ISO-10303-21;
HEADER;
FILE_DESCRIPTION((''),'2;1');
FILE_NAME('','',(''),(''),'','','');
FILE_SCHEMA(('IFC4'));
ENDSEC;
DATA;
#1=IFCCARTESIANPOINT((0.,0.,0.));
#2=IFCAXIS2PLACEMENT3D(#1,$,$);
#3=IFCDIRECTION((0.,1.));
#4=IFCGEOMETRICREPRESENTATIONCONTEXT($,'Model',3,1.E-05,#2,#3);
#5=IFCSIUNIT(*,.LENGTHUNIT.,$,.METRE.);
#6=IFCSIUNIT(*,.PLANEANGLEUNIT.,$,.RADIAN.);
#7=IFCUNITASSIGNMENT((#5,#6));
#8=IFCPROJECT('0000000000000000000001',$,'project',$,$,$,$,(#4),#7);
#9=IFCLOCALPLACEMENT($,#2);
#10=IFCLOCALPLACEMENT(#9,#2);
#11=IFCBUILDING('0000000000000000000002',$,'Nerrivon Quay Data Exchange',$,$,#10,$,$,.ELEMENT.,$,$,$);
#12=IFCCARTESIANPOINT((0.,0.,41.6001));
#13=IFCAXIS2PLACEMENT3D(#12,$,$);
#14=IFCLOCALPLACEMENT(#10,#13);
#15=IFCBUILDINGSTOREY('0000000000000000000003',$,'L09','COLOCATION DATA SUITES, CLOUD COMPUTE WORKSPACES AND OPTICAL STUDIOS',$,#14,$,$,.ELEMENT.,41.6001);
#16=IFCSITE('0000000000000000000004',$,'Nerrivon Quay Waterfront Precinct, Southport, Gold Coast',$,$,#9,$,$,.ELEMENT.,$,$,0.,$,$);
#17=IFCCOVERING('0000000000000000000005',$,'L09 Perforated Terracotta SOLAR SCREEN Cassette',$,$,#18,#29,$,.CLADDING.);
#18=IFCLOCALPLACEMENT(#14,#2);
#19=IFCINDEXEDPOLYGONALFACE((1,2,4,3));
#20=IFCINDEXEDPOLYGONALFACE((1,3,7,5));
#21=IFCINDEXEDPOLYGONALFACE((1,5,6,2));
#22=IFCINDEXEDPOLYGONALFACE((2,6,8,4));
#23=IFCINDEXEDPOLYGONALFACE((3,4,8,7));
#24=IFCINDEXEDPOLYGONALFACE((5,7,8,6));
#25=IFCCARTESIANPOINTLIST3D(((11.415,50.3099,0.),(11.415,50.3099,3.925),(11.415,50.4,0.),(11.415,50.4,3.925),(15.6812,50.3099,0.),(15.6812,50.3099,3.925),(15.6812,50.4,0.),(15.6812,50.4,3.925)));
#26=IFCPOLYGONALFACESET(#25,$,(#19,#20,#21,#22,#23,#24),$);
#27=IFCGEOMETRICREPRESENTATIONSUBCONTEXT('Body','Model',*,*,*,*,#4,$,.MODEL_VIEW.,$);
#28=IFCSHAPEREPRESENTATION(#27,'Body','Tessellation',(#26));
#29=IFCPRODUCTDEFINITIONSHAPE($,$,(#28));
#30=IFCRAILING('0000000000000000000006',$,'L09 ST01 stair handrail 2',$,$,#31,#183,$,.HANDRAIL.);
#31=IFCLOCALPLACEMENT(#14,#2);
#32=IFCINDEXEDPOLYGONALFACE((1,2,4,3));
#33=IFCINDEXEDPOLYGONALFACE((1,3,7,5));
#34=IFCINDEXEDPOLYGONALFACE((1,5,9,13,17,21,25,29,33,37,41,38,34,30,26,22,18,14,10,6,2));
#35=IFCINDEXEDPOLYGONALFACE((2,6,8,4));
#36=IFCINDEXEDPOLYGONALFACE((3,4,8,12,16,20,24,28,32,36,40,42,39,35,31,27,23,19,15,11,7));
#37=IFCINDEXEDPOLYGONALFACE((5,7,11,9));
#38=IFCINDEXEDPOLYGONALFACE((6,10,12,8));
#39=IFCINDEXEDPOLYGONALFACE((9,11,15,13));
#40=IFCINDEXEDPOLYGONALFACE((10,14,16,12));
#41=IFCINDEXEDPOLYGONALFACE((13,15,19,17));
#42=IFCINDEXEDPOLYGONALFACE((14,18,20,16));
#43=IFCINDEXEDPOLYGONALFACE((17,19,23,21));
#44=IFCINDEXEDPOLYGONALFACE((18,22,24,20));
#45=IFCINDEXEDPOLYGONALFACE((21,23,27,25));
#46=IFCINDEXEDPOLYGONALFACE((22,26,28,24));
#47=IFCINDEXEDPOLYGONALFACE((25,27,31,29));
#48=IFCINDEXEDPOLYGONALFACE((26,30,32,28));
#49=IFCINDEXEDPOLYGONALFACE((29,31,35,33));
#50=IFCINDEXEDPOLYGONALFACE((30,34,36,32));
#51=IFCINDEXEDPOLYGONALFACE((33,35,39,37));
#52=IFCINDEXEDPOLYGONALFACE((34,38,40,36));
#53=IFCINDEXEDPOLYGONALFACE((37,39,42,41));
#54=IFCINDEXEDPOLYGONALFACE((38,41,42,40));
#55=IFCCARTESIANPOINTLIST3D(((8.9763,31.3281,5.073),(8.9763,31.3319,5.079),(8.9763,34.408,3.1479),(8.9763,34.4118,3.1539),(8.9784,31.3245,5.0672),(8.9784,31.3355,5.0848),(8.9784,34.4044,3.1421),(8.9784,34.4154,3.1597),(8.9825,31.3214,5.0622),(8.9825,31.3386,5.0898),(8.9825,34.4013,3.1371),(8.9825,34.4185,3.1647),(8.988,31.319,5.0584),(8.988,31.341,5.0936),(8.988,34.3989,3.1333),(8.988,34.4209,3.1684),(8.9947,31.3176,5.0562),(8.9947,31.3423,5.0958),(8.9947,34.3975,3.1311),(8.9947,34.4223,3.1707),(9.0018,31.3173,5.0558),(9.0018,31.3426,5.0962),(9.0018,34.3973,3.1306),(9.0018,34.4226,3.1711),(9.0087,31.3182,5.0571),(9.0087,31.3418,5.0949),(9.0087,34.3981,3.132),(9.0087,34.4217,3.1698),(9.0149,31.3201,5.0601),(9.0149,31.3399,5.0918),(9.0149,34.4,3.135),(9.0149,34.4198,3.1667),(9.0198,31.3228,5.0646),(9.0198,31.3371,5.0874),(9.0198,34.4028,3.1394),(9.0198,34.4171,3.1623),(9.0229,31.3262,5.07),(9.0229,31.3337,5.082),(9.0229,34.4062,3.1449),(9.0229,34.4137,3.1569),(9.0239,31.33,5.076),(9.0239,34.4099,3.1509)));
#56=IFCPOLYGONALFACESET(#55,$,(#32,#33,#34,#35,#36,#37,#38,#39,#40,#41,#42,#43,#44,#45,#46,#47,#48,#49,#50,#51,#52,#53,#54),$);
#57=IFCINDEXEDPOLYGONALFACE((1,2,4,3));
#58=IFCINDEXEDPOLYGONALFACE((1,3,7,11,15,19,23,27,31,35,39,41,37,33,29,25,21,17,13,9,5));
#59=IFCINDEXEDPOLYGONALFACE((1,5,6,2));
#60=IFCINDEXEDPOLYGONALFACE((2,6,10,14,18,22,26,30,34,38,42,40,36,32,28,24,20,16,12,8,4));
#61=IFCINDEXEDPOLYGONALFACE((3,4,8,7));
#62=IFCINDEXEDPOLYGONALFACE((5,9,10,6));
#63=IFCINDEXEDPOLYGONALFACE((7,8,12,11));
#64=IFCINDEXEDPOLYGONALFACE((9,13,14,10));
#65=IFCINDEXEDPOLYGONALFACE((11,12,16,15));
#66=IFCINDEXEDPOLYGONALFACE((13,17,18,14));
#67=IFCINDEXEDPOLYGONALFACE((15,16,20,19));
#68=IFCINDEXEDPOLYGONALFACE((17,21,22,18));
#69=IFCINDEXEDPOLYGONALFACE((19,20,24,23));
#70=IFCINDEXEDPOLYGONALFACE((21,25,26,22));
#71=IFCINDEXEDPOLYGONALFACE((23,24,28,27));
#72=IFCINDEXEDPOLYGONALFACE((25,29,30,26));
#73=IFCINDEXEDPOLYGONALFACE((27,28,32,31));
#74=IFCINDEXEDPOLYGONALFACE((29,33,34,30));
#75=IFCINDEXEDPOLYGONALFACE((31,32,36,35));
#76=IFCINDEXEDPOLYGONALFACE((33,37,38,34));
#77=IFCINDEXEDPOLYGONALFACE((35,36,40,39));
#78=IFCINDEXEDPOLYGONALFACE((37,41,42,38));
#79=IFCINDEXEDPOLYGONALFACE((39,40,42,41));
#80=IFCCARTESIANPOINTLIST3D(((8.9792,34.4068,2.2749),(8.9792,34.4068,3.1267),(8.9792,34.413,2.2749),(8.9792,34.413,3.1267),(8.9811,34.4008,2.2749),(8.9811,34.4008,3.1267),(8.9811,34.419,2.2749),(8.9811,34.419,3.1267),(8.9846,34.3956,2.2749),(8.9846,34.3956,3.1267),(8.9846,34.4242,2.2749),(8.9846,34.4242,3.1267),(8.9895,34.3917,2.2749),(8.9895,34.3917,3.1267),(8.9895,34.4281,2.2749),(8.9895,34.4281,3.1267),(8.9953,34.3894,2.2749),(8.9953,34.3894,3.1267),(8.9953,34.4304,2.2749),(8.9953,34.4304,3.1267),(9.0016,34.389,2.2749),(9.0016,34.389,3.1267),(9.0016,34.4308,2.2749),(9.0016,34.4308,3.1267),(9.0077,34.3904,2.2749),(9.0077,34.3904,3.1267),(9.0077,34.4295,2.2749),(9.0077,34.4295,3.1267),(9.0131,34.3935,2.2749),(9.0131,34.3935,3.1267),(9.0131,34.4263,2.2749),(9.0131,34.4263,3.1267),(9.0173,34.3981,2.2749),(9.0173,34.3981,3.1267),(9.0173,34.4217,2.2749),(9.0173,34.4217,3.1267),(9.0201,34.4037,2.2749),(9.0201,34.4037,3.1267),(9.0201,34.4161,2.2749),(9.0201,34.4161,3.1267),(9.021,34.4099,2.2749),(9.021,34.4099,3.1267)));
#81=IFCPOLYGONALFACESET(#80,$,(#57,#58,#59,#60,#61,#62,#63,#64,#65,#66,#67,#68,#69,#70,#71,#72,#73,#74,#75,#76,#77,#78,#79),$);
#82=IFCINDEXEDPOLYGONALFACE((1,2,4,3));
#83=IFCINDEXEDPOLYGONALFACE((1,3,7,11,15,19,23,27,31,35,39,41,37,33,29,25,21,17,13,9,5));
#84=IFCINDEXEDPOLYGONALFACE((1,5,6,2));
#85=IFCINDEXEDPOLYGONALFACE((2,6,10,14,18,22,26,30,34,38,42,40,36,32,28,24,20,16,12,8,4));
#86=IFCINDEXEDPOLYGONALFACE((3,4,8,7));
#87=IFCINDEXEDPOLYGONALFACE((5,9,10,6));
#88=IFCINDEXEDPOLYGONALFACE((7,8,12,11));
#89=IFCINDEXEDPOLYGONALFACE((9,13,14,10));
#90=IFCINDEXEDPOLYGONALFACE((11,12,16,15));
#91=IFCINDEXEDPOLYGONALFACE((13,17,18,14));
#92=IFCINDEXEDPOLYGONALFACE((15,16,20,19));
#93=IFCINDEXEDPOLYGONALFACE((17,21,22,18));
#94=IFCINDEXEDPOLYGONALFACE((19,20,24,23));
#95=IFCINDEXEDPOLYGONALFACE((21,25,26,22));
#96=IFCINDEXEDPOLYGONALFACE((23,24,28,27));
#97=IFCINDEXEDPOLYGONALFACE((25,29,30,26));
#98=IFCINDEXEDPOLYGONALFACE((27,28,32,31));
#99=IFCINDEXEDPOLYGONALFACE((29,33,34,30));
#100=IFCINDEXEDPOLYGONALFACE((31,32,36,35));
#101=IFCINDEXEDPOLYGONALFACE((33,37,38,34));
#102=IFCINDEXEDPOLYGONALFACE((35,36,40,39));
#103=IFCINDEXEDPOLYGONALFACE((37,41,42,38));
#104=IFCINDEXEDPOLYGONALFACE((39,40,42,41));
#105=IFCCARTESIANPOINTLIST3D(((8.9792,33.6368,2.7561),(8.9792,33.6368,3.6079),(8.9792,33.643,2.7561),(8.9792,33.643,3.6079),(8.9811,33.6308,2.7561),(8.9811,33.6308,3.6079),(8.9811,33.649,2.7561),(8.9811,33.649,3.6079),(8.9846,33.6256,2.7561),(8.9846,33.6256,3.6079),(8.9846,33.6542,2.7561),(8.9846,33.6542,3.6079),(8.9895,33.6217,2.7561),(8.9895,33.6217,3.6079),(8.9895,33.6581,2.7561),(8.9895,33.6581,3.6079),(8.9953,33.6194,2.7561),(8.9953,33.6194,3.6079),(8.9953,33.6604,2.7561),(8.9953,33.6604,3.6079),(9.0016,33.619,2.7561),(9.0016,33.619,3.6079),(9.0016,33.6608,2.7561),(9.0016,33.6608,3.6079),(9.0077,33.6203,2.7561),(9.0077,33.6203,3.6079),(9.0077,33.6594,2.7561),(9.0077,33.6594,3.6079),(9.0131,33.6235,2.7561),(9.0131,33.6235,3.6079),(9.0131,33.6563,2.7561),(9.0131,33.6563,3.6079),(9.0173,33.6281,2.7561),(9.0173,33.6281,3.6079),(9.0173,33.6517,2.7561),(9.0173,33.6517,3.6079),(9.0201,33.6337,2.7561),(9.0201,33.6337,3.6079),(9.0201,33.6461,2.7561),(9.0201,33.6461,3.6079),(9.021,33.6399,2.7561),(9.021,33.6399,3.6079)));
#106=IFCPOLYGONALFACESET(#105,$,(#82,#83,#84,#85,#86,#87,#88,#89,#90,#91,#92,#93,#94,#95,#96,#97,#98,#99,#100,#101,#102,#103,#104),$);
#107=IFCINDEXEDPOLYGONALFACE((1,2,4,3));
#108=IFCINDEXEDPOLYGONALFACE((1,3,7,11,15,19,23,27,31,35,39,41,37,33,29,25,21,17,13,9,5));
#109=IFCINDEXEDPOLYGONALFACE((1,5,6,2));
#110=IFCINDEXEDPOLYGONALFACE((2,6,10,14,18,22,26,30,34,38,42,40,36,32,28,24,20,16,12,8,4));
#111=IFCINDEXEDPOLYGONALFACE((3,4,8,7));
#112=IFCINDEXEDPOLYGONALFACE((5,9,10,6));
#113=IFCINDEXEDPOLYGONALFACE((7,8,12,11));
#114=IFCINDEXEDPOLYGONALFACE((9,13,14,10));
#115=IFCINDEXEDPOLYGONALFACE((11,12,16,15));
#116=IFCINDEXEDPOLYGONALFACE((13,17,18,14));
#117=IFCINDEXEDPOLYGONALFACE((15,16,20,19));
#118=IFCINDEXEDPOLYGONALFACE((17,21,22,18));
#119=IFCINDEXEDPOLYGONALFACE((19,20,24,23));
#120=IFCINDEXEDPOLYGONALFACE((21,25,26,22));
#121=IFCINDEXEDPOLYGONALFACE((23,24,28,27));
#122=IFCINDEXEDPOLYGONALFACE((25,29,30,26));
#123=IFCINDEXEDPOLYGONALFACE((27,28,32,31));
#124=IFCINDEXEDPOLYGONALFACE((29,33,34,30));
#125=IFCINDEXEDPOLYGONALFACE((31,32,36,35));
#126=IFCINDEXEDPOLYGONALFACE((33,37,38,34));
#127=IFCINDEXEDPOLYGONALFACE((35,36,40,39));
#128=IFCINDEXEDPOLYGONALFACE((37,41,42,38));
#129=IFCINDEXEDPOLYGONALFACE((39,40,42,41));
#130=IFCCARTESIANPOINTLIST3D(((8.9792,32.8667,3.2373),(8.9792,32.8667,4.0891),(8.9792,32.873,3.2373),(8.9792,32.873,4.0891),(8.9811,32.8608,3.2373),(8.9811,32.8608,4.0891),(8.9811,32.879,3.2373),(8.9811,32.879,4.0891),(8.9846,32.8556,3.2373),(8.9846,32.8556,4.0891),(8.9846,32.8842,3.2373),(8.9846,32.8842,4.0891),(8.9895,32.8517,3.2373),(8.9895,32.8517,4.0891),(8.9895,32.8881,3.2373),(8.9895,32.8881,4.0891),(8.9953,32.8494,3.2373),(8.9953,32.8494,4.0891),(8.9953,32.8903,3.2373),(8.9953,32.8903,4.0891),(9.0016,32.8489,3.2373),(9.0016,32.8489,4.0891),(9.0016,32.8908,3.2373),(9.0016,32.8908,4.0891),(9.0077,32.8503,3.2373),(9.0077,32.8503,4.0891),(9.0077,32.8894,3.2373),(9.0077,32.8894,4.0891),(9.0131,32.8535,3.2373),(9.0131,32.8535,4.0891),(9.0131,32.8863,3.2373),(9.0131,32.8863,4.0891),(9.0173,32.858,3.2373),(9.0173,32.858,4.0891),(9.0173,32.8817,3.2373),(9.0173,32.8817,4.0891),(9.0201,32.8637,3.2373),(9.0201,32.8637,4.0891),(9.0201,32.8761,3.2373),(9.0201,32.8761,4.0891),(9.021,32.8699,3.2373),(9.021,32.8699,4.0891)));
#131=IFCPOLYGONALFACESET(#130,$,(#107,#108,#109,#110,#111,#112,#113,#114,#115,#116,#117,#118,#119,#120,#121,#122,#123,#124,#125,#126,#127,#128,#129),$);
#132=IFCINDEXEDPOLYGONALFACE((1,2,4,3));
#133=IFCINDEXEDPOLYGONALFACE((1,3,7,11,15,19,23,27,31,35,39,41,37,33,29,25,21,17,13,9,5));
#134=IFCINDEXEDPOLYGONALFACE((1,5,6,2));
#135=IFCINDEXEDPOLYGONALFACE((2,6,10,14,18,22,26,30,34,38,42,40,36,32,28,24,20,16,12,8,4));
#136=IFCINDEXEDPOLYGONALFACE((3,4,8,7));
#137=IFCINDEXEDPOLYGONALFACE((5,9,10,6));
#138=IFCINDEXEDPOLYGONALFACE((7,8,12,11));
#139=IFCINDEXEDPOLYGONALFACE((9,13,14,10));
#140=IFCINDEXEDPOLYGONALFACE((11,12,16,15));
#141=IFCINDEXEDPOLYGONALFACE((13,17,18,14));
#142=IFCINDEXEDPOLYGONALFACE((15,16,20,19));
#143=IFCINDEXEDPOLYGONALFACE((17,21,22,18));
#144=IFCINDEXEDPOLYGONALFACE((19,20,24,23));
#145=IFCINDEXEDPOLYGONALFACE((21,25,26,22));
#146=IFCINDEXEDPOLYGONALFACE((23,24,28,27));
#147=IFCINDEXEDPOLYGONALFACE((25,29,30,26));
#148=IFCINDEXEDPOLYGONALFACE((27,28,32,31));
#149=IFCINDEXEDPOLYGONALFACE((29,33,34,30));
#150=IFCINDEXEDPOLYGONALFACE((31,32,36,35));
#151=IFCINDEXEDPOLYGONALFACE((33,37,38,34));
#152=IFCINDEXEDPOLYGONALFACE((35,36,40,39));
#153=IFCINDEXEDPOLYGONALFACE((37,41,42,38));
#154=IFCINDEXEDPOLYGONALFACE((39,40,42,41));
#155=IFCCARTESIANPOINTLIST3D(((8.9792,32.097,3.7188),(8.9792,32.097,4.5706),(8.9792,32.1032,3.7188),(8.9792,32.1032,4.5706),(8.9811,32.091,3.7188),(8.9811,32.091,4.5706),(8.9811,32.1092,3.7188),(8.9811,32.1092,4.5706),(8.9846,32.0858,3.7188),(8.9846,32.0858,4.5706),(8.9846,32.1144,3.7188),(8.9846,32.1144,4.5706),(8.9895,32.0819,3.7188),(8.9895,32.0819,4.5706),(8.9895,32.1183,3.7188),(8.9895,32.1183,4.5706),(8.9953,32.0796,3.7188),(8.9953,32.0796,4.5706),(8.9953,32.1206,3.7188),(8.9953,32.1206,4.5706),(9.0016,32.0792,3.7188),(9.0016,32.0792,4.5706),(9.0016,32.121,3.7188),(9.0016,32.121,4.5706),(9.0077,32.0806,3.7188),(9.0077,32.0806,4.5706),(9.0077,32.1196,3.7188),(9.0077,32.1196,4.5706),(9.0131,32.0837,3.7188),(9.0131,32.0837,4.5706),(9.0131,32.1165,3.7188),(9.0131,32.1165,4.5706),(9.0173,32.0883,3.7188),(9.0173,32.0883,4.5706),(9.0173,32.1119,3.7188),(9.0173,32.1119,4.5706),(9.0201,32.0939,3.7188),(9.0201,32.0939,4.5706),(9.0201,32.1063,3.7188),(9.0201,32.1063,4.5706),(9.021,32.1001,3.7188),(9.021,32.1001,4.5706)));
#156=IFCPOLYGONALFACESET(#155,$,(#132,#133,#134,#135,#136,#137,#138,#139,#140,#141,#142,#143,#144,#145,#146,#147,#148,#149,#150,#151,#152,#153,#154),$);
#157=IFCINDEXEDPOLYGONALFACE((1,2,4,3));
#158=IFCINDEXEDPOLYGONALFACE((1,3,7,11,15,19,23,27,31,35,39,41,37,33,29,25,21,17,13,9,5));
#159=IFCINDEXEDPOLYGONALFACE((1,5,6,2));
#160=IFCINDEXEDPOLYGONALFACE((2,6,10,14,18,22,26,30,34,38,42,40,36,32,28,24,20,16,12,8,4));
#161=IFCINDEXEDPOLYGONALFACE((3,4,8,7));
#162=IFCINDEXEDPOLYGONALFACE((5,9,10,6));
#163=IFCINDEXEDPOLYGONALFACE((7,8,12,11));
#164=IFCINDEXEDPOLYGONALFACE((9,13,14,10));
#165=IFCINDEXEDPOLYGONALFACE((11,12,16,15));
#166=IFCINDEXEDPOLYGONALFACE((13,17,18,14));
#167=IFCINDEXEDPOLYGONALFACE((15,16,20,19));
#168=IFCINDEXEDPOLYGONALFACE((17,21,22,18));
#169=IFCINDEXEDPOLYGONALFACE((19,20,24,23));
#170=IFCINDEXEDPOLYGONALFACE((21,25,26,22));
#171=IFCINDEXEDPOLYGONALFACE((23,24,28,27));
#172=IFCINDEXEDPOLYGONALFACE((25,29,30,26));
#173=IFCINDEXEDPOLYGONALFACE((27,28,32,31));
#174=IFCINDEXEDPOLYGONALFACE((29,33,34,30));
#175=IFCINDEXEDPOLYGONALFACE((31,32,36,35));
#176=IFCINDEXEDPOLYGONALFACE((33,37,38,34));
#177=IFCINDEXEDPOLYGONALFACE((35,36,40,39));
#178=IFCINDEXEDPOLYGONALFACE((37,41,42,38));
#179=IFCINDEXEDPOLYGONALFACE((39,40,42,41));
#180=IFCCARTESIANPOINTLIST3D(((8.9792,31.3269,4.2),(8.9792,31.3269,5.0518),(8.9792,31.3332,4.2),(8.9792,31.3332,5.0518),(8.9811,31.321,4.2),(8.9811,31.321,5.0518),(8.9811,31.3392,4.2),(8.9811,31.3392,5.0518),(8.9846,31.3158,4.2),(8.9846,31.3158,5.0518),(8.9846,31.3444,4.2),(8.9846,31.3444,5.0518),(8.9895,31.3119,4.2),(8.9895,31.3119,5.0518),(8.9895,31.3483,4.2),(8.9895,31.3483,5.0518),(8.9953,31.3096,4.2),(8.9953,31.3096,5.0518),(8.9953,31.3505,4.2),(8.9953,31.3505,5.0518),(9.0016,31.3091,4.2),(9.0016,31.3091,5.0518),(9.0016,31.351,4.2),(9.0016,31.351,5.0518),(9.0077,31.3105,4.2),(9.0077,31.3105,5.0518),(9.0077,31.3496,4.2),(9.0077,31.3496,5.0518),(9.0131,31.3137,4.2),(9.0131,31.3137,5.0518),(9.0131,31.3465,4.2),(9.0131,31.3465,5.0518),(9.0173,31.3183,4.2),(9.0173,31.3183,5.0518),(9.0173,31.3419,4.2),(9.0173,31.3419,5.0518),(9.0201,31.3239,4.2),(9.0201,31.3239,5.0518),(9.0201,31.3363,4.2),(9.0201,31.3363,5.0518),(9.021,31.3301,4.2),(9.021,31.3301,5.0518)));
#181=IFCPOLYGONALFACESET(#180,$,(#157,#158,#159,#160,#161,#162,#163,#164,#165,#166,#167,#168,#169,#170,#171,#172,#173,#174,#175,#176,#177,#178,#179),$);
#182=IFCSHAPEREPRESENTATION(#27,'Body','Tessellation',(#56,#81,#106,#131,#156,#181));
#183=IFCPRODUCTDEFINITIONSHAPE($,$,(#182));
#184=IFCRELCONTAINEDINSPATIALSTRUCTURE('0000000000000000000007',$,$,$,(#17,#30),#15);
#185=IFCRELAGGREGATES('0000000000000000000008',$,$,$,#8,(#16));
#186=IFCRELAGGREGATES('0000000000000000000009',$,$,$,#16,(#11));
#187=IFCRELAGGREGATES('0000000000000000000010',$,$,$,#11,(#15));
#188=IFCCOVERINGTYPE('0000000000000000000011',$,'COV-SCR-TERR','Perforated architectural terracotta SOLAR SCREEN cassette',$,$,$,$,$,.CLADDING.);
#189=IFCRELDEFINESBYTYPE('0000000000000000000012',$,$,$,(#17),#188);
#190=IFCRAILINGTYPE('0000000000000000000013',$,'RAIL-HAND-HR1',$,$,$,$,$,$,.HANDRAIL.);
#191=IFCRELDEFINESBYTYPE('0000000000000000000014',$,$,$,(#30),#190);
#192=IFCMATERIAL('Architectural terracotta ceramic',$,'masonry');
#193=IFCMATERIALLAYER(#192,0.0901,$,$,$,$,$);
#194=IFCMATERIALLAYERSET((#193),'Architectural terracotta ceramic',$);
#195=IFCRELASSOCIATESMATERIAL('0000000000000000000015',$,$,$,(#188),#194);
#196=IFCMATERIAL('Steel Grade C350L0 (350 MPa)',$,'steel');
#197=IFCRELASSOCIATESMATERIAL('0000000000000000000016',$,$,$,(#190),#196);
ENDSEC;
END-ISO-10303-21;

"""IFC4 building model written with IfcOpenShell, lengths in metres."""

from ifc_helpers import new_model, si_unit, direction, frame, origin, origin_2d, place, context, subcontext, project, spatial, rectangle, circle, extrude, material, layer, layer_set, type_object, element, save


model = new_model("IFC4")

# Units and contexts
model_context = context("Model", 3, precision=1e-05, world=origin(), true_north=direction((0.0, 1.0)))
body_context = subcontext(model_context, "Body", "Model", "MODEL_VIEW")
ifc_project = project(units=[si_unit("LENGTHUNIT", "METRE"), si_unit("PLANEANGLEUNIT", "RADIAN")], contexts=[model_context])

# Site, building, storey
site_placement = place(None, origin())
site = spatial("IfcSite", under=ifc_project, at=site_placement, Name="Nerrivon Quay Waterfront Precinct, Southport, Gold Coast", CompositionType="ELEMENT", RefElevation=0.0)
building_placement = place(site_placement, origin())
building = spatial("IfcBuilding", under=site, at=building_placement, Name="Nerrivon Quay Data Exchange", CompositionType="ELEMENT")
storey_placement = place(building_placement, frame((0.0, 0.0, 41.6001)))
storey = spatial("IfcBuildingStorey", under=building, at=storey_placement, Name="L09", Description="COLOCATION DATA SUITES, CLOUD COMPUTE WORKSPACES AND OPTICAL STUDIOS", CompositionType="ELEMENT", Elevation=41.6001)

# Covering
ifc_material_1 = material(Name="Architectural terracotta ceramic", Category="masonry")
ifc_layer_1 = layer(ifc_material_1, 0.0901)
ifc_layer_set_1 = layer_set([ifc_layer_1], Name="Architectural terracotta ceramic")
covering_type = type_object("IfcCoveringType", Name="COV-SCR-TERR", Description="Perforated architectural terracotta SOLAR SCREEN cassette", PredefinedType="CLADDING", material=ifc_layer_set_1)
covering_placement = place(storey_placement, frame((13.5481, 50.355, 0.0), z_axis=(0.0, 0.0, 1.0), x_axis=(1.0, 0.0, 0.0)))
element("IfcCovering", 1, at=covering_placement, inside=storey, type_object=covering_type, Name="L09 Perforated Terracotta SOLAR SCREEN Cassette", PredefinedType="CLADDING", context=body_context, shape_type="SweptSolid", body=[
    extrude(rectangle(XDim=4.2661, YDim=0.0901, at=origin_2d()), origin(), (0.0, 0.0, 1.0), 3.925),
])

# Railing
ifc_material_2 = material(Name="Steel Grade C350L0 (350 MPa)", Category="steel")
railing_type_1 = type_object("IfcRailingType", Name="RAIL-HAND-HR1", PredefinedType="HANDRAIL", material=ifc_material_2)
railing_1_placement = place(storey_placement, frame((9.0, 34.4099, 2.2749)))
element("IfcRailing", 2, at=railing_1_placement, inside=storey, type_object=railing_type_1, Name="L09 ST01 stair handrail 2", PredefinedType="HANDRAIL", context=body_context, shape_type="SweptSolid", body=[
    extrude(circle(Radius=0.0239, at=origin_2d()), frame((0.0, 0.0, 0.876), z_axis=(0.0, -0.847979, 0.530029), x_axis=(1.0, 0.0, 0.0)), (0.0, 0.0, 1.0), 3.6321),
    extrude(circle(Radius=0.021, at=origin_2d()), origin(), (0.0, 0.0, 1.0), 0.8518),
    extrude(circle(Radius=0.021, at=origin_2d()), frame((0.0, -0.77, 0.4812)), (0.0, 0.0, 1.0), 0.8518),
    extrude(circle(Radius=0.021, at=origin_2d()), frame((0.0, -1.54, 0.9624)), (0.0, 0.0, 1.0), 0.8518),
    extrude(circle(Radius=0.021, at=origin_2d()), frame((0.0, -2.3098, 1.4438)), (0.0, 0.0, 1.0), 0.8518),
    extrude(circle(Radius=0.021, at=origin_2d()), frame((0.0, -3.0798, 1.925)), (0.0, 0.0, 1.0), 0.8518),
])

save(model, "model.ifc")
